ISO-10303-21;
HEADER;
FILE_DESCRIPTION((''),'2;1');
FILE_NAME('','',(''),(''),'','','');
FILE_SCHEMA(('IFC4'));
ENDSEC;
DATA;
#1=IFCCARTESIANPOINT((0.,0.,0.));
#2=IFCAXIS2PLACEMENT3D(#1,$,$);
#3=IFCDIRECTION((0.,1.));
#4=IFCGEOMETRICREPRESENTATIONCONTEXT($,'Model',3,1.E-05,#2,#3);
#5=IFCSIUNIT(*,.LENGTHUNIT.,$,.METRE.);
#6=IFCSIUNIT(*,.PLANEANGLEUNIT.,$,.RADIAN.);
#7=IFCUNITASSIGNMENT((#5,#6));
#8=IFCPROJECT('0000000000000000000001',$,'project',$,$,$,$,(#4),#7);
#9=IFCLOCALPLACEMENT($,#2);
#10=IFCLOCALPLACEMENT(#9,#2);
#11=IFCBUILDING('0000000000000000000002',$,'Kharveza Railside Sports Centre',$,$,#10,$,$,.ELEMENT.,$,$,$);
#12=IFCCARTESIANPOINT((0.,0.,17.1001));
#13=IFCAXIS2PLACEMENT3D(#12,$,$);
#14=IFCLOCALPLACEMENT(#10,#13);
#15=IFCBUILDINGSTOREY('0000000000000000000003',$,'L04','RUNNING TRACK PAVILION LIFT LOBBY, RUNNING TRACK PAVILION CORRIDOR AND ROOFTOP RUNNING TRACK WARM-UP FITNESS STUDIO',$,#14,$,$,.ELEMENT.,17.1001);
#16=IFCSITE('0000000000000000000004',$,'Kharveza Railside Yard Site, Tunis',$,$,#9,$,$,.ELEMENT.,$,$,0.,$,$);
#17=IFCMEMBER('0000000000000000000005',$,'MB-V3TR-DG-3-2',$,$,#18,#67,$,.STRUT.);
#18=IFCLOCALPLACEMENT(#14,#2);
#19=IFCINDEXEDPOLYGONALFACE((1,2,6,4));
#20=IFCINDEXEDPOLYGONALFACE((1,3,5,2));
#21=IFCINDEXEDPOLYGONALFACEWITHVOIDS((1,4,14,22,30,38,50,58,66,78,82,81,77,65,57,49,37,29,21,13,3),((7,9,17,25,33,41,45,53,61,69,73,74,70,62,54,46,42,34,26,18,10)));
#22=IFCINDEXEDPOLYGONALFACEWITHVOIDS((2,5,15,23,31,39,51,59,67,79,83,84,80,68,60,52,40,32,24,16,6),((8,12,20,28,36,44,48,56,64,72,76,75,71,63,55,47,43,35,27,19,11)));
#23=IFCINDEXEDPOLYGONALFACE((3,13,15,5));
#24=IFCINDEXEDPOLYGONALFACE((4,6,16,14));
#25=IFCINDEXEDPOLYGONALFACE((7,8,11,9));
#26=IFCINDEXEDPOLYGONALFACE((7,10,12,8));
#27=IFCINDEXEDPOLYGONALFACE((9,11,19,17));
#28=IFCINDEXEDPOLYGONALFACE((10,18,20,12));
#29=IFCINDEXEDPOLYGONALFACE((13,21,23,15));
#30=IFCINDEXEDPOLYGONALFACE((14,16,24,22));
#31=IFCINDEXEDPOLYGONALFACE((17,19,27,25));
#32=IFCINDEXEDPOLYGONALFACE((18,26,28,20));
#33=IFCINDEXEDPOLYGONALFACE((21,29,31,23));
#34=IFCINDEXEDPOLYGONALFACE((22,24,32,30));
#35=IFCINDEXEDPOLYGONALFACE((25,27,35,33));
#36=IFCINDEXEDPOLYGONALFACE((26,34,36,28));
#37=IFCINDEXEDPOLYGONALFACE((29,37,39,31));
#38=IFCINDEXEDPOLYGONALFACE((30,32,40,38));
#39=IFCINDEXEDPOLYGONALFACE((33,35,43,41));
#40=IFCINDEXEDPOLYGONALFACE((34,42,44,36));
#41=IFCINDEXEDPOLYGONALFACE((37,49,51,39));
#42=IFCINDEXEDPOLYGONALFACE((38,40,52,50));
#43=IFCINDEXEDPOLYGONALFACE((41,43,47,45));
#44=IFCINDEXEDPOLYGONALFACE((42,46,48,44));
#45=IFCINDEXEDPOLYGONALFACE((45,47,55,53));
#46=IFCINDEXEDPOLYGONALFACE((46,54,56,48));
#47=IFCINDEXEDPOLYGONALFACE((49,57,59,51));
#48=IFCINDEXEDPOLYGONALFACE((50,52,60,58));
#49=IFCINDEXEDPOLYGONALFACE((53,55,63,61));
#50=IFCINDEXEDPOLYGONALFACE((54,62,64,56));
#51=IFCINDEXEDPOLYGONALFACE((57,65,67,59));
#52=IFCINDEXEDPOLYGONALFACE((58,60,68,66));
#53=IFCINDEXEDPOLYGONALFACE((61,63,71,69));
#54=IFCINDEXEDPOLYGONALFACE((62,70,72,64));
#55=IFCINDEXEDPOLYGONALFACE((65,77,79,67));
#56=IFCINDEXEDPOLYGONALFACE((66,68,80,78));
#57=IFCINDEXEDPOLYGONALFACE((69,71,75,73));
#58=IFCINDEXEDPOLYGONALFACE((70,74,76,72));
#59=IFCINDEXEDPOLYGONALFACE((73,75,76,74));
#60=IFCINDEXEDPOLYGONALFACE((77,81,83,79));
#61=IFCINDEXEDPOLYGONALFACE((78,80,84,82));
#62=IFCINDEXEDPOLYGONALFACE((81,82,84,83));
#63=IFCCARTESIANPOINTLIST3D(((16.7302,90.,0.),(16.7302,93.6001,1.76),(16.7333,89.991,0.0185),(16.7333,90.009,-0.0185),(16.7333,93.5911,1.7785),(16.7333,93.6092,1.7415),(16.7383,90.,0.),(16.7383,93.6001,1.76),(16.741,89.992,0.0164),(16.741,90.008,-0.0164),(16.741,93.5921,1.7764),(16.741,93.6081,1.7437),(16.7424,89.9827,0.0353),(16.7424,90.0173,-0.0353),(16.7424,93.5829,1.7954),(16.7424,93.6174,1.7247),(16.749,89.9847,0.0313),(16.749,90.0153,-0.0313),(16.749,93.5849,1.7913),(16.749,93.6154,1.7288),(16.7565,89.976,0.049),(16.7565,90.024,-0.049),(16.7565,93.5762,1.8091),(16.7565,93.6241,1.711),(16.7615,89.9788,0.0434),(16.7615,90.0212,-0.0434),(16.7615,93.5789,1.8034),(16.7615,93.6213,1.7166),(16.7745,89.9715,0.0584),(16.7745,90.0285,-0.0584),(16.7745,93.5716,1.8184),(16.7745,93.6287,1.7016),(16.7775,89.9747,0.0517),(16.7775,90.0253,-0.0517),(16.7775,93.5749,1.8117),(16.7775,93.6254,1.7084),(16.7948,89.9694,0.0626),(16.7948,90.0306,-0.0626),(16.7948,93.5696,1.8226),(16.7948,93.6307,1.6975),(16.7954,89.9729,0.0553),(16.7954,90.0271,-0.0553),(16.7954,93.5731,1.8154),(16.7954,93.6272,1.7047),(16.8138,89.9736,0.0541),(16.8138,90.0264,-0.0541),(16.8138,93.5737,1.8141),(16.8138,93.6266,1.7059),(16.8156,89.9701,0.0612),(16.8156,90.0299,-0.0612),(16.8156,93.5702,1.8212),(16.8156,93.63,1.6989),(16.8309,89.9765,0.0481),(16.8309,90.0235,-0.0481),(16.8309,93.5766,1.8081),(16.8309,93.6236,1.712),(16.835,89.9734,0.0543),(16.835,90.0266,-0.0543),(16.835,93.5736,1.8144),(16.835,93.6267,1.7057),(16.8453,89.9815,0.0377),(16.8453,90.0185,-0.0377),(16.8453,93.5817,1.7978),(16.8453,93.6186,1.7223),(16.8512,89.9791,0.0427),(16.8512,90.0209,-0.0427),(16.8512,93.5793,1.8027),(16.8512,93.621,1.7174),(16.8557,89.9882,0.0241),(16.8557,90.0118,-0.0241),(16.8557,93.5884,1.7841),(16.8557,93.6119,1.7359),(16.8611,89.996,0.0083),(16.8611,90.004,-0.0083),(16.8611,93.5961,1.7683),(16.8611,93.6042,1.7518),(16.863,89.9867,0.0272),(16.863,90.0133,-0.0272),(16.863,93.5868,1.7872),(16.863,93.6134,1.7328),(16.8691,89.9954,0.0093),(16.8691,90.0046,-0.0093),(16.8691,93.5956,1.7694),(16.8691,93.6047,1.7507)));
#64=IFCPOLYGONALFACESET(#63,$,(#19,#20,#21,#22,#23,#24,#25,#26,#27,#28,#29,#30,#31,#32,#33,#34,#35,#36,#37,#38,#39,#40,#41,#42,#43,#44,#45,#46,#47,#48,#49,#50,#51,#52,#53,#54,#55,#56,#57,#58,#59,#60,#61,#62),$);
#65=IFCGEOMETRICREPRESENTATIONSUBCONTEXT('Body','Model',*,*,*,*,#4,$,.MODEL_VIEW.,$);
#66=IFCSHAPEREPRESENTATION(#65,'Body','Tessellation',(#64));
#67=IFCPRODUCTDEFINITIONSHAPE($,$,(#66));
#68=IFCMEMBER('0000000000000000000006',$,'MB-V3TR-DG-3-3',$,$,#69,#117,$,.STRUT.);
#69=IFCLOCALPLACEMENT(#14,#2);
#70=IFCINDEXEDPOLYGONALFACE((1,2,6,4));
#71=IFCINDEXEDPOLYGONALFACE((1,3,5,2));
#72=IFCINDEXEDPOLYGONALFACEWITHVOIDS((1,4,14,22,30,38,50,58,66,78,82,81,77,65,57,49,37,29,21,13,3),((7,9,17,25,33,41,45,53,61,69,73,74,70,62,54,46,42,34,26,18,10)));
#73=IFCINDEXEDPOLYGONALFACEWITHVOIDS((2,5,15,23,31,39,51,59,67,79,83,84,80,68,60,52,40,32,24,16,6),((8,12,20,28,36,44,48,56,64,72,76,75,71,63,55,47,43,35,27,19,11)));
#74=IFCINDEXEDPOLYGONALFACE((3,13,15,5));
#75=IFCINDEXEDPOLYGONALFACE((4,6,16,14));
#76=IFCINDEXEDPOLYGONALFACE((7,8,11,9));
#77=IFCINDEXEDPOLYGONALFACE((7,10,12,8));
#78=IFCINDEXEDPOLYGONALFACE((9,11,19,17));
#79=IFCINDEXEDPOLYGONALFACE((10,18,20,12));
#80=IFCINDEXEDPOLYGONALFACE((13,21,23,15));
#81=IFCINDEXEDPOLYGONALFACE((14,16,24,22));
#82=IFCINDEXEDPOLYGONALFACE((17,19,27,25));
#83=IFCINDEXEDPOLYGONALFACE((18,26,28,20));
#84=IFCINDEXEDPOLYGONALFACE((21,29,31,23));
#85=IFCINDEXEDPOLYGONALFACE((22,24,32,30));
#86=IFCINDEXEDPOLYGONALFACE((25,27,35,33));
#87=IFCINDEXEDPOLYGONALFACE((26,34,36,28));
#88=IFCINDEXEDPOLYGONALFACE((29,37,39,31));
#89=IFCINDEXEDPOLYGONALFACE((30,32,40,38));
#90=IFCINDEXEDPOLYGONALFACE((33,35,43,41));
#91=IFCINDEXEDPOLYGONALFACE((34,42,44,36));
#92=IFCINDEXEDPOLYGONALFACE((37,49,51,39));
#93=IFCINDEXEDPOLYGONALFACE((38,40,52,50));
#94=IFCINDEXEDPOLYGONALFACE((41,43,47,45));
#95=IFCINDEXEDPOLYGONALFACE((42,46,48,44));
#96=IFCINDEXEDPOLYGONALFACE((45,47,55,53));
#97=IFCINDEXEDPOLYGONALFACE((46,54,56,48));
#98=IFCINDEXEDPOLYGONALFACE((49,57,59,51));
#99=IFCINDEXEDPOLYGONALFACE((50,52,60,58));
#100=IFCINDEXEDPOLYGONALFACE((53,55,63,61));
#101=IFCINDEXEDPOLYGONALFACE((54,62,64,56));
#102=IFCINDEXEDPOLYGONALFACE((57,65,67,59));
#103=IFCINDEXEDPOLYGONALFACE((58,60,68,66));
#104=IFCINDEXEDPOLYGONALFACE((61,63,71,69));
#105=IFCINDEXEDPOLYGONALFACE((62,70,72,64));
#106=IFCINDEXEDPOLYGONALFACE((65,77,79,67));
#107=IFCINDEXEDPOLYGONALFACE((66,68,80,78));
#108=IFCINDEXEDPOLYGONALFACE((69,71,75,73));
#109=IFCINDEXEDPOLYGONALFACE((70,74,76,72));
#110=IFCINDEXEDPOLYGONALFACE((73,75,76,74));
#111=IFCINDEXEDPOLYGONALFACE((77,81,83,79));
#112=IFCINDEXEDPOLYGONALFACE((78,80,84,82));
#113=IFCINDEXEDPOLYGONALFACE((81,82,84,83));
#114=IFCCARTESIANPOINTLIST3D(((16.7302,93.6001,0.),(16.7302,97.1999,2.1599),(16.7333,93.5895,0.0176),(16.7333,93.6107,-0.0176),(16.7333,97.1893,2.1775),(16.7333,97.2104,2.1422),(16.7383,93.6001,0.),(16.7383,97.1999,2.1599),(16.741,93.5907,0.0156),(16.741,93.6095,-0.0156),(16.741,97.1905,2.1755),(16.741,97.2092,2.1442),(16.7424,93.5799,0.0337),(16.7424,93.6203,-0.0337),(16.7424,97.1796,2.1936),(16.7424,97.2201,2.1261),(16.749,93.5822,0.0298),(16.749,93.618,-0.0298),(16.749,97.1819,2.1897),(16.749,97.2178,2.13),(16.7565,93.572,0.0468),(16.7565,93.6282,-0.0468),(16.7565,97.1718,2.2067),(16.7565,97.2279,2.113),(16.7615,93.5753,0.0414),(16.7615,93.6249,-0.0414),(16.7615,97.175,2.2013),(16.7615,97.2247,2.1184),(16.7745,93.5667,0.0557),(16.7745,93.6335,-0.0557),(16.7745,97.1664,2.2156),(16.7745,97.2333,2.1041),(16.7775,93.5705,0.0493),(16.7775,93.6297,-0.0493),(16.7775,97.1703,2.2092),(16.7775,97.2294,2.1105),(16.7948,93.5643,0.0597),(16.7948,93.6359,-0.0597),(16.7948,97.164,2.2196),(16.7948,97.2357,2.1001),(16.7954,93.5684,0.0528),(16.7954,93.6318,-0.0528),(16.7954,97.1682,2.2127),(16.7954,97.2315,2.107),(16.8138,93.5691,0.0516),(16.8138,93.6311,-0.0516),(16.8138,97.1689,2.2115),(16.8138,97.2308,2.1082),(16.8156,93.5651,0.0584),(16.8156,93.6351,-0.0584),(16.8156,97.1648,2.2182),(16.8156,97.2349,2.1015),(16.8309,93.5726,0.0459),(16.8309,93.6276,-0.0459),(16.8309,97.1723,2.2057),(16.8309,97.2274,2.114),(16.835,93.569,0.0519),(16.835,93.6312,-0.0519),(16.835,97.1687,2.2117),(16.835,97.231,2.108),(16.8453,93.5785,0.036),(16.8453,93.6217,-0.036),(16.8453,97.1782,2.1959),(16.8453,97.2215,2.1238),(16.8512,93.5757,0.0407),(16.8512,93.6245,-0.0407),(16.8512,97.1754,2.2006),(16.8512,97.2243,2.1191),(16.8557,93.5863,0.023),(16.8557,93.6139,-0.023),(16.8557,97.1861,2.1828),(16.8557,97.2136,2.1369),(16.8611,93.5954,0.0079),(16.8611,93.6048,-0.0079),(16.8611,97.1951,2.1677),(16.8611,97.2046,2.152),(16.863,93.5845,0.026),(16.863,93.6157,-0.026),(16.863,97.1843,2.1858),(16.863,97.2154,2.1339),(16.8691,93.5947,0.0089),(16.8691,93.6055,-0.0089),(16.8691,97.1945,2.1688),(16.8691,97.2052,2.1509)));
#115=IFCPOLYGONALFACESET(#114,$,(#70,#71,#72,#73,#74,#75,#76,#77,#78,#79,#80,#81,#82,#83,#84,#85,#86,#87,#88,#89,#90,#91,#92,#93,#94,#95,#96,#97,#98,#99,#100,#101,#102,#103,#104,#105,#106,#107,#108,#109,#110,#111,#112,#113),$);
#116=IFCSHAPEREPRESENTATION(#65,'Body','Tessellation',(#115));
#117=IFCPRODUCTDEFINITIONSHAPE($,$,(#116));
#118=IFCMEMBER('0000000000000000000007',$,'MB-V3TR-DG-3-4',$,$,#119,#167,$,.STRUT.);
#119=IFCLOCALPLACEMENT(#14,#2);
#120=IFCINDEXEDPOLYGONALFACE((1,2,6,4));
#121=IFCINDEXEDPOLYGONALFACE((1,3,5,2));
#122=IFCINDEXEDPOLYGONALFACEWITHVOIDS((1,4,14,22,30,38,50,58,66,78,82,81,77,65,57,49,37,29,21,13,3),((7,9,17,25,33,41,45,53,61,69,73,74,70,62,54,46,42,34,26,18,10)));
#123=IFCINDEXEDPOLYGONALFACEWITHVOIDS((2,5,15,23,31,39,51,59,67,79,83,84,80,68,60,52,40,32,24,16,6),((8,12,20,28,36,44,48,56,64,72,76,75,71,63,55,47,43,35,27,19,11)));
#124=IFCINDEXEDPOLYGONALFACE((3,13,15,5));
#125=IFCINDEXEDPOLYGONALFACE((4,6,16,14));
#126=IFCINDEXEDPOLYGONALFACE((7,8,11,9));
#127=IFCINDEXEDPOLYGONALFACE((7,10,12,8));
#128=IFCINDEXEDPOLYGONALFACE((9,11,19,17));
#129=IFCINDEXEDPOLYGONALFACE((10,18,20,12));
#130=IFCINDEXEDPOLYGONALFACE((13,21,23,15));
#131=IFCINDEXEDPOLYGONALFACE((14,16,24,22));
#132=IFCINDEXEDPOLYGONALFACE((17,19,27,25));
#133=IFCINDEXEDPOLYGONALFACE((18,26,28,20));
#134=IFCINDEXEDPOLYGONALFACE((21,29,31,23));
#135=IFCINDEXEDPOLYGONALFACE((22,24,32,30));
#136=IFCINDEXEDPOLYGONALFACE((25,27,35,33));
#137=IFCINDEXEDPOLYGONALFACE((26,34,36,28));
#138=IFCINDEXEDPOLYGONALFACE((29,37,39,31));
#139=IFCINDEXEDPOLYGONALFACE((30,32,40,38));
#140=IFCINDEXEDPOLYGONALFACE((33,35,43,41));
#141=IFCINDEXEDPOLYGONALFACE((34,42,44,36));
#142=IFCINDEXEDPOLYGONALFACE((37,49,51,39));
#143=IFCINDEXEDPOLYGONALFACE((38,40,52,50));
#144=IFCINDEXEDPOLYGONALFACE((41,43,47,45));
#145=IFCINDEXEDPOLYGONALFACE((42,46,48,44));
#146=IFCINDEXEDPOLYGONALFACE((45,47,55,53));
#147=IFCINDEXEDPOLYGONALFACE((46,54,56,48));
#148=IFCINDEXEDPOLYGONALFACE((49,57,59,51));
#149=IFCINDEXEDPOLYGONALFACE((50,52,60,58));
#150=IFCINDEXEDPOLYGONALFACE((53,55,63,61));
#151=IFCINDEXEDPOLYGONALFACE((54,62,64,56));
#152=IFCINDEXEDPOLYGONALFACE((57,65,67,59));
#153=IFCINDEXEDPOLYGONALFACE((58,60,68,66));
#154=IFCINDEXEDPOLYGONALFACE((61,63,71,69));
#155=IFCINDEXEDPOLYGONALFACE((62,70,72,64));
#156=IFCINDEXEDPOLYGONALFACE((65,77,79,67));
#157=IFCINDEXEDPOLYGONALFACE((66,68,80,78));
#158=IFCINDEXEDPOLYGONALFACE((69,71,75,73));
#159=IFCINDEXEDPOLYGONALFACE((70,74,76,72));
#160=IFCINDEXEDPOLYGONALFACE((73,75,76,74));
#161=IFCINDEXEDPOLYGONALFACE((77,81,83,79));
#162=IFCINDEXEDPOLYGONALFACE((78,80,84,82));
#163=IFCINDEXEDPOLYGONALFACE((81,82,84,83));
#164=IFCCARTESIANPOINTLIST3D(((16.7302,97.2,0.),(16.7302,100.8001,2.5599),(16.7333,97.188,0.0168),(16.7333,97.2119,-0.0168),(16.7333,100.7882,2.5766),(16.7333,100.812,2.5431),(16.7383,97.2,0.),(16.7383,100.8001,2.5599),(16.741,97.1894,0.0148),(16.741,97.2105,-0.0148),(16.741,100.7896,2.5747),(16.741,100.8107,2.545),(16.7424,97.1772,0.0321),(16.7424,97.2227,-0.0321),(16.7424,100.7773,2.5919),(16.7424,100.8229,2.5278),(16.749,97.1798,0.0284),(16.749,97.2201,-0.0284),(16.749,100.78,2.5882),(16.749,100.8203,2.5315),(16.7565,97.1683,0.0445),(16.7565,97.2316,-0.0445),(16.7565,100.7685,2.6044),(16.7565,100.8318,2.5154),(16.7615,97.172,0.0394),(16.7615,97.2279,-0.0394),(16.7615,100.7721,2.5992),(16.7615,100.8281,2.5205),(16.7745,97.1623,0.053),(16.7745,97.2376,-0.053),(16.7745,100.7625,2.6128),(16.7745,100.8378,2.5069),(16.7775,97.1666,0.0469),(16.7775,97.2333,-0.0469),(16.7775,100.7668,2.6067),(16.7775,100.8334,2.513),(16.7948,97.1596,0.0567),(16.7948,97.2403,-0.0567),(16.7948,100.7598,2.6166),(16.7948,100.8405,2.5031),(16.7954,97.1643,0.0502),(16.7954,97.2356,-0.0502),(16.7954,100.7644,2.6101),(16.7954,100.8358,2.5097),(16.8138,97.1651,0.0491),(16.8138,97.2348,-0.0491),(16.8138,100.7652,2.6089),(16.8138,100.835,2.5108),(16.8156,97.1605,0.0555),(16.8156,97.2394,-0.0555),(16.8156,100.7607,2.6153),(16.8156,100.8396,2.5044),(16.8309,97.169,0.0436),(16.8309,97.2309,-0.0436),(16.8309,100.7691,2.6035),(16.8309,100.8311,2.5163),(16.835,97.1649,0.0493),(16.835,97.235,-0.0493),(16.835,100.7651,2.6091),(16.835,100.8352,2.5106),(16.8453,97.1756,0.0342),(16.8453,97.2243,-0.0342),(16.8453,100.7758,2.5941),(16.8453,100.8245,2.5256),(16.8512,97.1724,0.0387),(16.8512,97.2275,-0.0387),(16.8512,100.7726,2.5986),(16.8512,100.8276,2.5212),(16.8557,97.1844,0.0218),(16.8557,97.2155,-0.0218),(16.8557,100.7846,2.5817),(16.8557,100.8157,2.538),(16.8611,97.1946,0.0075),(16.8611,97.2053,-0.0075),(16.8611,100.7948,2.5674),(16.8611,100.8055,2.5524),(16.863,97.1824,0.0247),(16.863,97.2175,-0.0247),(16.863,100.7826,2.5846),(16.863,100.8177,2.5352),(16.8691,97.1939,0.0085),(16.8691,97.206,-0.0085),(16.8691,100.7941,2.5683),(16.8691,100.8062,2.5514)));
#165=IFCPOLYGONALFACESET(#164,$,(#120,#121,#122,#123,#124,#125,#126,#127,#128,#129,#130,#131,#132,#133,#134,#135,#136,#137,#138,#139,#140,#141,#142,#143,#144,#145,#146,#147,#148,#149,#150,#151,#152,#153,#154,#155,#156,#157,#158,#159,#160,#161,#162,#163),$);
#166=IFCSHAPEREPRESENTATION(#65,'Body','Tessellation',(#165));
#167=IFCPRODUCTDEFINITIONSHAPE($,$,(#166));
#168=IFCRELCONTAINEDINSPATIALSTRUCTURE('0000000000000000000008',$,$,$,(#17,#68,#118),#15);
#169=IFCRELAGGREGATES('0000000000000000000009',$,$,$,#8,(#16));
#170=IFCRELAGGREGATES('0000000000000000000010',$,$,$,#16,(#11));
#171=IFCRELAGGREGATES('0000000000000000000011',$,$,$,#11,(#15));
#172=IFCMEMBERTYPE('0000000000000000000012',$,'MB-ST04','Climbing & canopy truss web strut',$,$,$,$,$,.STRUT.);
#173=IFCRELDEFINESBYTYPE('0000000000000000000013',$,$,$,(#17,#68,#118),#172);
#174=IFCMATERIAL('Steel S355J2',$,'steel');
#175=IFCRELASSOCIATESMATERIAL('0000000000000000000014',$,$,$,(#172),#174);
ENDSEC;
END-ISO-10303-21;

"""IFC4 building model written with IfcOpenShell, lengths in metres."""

from ifc_helpers import new_model, si_unit, direction, frame, origin, origin_2d, place, context, subcontext, project, spatial, hollow_circle, extrude, material, material_profile, profile_set, type_object, element, save


model = new_model("IFC4")

# Units and contexts
model_context = context("Model", 3, precision=1e-05, world=origin(), true_north=direction((0.0, 1.0)))
body_context = subcontext(model_context, "Body", "Model", "MODEL_VIEW")
ifc_project = project(units=[si_unit("LENGTHUNIT", "METRE"), si_unit("PLANEANGLEUNIT", "RADIAN")], contexts=[model_context])

# Site, building, storey
site_placement = place(None, origin())
site = spatial("IfcSite", under=ifc_project, at=site_placement, Name="Kharveza Railside Yard Site, Tunis", CompositionType="ELEMENT", RefElevation=0.0)
building_placement = place(site_placement, origin())
building = spatial("IfcBuilding", under=site, at=building_placement, Name="Kharveza Railside Sports Centre", CompositionType="ELEMENT")
storey_placement = place(building_placement, frame((0.0, 0.0, 17.1001)))
storey = spatial("IfcBuildingStorey", under=building, at=storey_placement, Name="L04", Description="RUNNING TRACK PAVILION LIFT LOBBY, RUNNING TRACK PAVILION CORRIDOR AND ROOFTOP RUNNING TRACK WARM-UP FITNESS STUDIO", CompositionType="ELEMENT", Elevation=17.1001)

# Members
ifc_material_1 = material(Name="Steel S355J2", Category="steel")
ifc_material_profile_1 = material_profile(ifc_material_1, hollow_circle(Radius=0.0698, WallThickness=0.0081, at=origin_2d()), Name="CHS 139.7x8.0")
ifc_profile_set_1 = profile_set([ifc_material_profile_1], Name="Steel S355J2")
member_type_1 = type_object("IfcMemberType", Name="MB-ST04", Description="Climbing & canopy truss web strut", PredefinedType="STRUT", material=ifc_profile_set_1)
member_1_placement = place(storey_placement, frame((16.8, 90.0, 0.0), z_axis=(0.0, 0.898388, 0.439202), x_axis=(-1.0, 0.0, 0.0)))
element("IfcMember", 1, at=member_1_placement, inside=storey, type_object=member_type_1, Name="MB-V3TR-DG-3-2", PredefinedType="STRUT", context=body_context, shape_type="SweptSolid", body=[
    extrude(hollow_circle(Radius=0.0698, WallThickness=0.0081, at=origin_2d()), origin(), (0.0, 0.0, 1.0), 4.0073),
])
member_2_placement = place(storey_placement, frame((16.8, 93.6001, 0.0), z_axis=(0.0, 0.857493, 0.514496), x_axis=(-1.0, 0.0, 0.0)))
element("IfcMember", 2, at=member_2_placement, inside=storey, type_object=member_type_1, Name="MB-V3TR-DG-3-3", PredefinedType="STRUT", context=body_context, shape_type="SweptSolid", body=[
    extrude(hollow_circle(Radius=0.0698, WallThickness=0.0081, at=origin_2d()), origin(), (0.0, 0.0, 1.0), 4.198),
])
member_3_placement = place(storey_placement, frame((16.8, 97.2, 0.0), z_axis=(0.0, 0.814983, 0.579485), x_axis=(-1.0, 0.0, 0.0)))
element("IfcMember", 3, at=member_3_placement, inside=storey, type_object=member_type_1, Name="MB-V3TR-DG-3-4", PredefinedType="STRUT", context=body_context, shape_type="SweptSolid", body=[
    extrude(hollow_circle(Radius=0.0698, WallThickness=0.0081, at=origin_2d()), origin(), (0.0, 0.0, 1.0), 4.4175),
])

save(model, "model.ifc")
